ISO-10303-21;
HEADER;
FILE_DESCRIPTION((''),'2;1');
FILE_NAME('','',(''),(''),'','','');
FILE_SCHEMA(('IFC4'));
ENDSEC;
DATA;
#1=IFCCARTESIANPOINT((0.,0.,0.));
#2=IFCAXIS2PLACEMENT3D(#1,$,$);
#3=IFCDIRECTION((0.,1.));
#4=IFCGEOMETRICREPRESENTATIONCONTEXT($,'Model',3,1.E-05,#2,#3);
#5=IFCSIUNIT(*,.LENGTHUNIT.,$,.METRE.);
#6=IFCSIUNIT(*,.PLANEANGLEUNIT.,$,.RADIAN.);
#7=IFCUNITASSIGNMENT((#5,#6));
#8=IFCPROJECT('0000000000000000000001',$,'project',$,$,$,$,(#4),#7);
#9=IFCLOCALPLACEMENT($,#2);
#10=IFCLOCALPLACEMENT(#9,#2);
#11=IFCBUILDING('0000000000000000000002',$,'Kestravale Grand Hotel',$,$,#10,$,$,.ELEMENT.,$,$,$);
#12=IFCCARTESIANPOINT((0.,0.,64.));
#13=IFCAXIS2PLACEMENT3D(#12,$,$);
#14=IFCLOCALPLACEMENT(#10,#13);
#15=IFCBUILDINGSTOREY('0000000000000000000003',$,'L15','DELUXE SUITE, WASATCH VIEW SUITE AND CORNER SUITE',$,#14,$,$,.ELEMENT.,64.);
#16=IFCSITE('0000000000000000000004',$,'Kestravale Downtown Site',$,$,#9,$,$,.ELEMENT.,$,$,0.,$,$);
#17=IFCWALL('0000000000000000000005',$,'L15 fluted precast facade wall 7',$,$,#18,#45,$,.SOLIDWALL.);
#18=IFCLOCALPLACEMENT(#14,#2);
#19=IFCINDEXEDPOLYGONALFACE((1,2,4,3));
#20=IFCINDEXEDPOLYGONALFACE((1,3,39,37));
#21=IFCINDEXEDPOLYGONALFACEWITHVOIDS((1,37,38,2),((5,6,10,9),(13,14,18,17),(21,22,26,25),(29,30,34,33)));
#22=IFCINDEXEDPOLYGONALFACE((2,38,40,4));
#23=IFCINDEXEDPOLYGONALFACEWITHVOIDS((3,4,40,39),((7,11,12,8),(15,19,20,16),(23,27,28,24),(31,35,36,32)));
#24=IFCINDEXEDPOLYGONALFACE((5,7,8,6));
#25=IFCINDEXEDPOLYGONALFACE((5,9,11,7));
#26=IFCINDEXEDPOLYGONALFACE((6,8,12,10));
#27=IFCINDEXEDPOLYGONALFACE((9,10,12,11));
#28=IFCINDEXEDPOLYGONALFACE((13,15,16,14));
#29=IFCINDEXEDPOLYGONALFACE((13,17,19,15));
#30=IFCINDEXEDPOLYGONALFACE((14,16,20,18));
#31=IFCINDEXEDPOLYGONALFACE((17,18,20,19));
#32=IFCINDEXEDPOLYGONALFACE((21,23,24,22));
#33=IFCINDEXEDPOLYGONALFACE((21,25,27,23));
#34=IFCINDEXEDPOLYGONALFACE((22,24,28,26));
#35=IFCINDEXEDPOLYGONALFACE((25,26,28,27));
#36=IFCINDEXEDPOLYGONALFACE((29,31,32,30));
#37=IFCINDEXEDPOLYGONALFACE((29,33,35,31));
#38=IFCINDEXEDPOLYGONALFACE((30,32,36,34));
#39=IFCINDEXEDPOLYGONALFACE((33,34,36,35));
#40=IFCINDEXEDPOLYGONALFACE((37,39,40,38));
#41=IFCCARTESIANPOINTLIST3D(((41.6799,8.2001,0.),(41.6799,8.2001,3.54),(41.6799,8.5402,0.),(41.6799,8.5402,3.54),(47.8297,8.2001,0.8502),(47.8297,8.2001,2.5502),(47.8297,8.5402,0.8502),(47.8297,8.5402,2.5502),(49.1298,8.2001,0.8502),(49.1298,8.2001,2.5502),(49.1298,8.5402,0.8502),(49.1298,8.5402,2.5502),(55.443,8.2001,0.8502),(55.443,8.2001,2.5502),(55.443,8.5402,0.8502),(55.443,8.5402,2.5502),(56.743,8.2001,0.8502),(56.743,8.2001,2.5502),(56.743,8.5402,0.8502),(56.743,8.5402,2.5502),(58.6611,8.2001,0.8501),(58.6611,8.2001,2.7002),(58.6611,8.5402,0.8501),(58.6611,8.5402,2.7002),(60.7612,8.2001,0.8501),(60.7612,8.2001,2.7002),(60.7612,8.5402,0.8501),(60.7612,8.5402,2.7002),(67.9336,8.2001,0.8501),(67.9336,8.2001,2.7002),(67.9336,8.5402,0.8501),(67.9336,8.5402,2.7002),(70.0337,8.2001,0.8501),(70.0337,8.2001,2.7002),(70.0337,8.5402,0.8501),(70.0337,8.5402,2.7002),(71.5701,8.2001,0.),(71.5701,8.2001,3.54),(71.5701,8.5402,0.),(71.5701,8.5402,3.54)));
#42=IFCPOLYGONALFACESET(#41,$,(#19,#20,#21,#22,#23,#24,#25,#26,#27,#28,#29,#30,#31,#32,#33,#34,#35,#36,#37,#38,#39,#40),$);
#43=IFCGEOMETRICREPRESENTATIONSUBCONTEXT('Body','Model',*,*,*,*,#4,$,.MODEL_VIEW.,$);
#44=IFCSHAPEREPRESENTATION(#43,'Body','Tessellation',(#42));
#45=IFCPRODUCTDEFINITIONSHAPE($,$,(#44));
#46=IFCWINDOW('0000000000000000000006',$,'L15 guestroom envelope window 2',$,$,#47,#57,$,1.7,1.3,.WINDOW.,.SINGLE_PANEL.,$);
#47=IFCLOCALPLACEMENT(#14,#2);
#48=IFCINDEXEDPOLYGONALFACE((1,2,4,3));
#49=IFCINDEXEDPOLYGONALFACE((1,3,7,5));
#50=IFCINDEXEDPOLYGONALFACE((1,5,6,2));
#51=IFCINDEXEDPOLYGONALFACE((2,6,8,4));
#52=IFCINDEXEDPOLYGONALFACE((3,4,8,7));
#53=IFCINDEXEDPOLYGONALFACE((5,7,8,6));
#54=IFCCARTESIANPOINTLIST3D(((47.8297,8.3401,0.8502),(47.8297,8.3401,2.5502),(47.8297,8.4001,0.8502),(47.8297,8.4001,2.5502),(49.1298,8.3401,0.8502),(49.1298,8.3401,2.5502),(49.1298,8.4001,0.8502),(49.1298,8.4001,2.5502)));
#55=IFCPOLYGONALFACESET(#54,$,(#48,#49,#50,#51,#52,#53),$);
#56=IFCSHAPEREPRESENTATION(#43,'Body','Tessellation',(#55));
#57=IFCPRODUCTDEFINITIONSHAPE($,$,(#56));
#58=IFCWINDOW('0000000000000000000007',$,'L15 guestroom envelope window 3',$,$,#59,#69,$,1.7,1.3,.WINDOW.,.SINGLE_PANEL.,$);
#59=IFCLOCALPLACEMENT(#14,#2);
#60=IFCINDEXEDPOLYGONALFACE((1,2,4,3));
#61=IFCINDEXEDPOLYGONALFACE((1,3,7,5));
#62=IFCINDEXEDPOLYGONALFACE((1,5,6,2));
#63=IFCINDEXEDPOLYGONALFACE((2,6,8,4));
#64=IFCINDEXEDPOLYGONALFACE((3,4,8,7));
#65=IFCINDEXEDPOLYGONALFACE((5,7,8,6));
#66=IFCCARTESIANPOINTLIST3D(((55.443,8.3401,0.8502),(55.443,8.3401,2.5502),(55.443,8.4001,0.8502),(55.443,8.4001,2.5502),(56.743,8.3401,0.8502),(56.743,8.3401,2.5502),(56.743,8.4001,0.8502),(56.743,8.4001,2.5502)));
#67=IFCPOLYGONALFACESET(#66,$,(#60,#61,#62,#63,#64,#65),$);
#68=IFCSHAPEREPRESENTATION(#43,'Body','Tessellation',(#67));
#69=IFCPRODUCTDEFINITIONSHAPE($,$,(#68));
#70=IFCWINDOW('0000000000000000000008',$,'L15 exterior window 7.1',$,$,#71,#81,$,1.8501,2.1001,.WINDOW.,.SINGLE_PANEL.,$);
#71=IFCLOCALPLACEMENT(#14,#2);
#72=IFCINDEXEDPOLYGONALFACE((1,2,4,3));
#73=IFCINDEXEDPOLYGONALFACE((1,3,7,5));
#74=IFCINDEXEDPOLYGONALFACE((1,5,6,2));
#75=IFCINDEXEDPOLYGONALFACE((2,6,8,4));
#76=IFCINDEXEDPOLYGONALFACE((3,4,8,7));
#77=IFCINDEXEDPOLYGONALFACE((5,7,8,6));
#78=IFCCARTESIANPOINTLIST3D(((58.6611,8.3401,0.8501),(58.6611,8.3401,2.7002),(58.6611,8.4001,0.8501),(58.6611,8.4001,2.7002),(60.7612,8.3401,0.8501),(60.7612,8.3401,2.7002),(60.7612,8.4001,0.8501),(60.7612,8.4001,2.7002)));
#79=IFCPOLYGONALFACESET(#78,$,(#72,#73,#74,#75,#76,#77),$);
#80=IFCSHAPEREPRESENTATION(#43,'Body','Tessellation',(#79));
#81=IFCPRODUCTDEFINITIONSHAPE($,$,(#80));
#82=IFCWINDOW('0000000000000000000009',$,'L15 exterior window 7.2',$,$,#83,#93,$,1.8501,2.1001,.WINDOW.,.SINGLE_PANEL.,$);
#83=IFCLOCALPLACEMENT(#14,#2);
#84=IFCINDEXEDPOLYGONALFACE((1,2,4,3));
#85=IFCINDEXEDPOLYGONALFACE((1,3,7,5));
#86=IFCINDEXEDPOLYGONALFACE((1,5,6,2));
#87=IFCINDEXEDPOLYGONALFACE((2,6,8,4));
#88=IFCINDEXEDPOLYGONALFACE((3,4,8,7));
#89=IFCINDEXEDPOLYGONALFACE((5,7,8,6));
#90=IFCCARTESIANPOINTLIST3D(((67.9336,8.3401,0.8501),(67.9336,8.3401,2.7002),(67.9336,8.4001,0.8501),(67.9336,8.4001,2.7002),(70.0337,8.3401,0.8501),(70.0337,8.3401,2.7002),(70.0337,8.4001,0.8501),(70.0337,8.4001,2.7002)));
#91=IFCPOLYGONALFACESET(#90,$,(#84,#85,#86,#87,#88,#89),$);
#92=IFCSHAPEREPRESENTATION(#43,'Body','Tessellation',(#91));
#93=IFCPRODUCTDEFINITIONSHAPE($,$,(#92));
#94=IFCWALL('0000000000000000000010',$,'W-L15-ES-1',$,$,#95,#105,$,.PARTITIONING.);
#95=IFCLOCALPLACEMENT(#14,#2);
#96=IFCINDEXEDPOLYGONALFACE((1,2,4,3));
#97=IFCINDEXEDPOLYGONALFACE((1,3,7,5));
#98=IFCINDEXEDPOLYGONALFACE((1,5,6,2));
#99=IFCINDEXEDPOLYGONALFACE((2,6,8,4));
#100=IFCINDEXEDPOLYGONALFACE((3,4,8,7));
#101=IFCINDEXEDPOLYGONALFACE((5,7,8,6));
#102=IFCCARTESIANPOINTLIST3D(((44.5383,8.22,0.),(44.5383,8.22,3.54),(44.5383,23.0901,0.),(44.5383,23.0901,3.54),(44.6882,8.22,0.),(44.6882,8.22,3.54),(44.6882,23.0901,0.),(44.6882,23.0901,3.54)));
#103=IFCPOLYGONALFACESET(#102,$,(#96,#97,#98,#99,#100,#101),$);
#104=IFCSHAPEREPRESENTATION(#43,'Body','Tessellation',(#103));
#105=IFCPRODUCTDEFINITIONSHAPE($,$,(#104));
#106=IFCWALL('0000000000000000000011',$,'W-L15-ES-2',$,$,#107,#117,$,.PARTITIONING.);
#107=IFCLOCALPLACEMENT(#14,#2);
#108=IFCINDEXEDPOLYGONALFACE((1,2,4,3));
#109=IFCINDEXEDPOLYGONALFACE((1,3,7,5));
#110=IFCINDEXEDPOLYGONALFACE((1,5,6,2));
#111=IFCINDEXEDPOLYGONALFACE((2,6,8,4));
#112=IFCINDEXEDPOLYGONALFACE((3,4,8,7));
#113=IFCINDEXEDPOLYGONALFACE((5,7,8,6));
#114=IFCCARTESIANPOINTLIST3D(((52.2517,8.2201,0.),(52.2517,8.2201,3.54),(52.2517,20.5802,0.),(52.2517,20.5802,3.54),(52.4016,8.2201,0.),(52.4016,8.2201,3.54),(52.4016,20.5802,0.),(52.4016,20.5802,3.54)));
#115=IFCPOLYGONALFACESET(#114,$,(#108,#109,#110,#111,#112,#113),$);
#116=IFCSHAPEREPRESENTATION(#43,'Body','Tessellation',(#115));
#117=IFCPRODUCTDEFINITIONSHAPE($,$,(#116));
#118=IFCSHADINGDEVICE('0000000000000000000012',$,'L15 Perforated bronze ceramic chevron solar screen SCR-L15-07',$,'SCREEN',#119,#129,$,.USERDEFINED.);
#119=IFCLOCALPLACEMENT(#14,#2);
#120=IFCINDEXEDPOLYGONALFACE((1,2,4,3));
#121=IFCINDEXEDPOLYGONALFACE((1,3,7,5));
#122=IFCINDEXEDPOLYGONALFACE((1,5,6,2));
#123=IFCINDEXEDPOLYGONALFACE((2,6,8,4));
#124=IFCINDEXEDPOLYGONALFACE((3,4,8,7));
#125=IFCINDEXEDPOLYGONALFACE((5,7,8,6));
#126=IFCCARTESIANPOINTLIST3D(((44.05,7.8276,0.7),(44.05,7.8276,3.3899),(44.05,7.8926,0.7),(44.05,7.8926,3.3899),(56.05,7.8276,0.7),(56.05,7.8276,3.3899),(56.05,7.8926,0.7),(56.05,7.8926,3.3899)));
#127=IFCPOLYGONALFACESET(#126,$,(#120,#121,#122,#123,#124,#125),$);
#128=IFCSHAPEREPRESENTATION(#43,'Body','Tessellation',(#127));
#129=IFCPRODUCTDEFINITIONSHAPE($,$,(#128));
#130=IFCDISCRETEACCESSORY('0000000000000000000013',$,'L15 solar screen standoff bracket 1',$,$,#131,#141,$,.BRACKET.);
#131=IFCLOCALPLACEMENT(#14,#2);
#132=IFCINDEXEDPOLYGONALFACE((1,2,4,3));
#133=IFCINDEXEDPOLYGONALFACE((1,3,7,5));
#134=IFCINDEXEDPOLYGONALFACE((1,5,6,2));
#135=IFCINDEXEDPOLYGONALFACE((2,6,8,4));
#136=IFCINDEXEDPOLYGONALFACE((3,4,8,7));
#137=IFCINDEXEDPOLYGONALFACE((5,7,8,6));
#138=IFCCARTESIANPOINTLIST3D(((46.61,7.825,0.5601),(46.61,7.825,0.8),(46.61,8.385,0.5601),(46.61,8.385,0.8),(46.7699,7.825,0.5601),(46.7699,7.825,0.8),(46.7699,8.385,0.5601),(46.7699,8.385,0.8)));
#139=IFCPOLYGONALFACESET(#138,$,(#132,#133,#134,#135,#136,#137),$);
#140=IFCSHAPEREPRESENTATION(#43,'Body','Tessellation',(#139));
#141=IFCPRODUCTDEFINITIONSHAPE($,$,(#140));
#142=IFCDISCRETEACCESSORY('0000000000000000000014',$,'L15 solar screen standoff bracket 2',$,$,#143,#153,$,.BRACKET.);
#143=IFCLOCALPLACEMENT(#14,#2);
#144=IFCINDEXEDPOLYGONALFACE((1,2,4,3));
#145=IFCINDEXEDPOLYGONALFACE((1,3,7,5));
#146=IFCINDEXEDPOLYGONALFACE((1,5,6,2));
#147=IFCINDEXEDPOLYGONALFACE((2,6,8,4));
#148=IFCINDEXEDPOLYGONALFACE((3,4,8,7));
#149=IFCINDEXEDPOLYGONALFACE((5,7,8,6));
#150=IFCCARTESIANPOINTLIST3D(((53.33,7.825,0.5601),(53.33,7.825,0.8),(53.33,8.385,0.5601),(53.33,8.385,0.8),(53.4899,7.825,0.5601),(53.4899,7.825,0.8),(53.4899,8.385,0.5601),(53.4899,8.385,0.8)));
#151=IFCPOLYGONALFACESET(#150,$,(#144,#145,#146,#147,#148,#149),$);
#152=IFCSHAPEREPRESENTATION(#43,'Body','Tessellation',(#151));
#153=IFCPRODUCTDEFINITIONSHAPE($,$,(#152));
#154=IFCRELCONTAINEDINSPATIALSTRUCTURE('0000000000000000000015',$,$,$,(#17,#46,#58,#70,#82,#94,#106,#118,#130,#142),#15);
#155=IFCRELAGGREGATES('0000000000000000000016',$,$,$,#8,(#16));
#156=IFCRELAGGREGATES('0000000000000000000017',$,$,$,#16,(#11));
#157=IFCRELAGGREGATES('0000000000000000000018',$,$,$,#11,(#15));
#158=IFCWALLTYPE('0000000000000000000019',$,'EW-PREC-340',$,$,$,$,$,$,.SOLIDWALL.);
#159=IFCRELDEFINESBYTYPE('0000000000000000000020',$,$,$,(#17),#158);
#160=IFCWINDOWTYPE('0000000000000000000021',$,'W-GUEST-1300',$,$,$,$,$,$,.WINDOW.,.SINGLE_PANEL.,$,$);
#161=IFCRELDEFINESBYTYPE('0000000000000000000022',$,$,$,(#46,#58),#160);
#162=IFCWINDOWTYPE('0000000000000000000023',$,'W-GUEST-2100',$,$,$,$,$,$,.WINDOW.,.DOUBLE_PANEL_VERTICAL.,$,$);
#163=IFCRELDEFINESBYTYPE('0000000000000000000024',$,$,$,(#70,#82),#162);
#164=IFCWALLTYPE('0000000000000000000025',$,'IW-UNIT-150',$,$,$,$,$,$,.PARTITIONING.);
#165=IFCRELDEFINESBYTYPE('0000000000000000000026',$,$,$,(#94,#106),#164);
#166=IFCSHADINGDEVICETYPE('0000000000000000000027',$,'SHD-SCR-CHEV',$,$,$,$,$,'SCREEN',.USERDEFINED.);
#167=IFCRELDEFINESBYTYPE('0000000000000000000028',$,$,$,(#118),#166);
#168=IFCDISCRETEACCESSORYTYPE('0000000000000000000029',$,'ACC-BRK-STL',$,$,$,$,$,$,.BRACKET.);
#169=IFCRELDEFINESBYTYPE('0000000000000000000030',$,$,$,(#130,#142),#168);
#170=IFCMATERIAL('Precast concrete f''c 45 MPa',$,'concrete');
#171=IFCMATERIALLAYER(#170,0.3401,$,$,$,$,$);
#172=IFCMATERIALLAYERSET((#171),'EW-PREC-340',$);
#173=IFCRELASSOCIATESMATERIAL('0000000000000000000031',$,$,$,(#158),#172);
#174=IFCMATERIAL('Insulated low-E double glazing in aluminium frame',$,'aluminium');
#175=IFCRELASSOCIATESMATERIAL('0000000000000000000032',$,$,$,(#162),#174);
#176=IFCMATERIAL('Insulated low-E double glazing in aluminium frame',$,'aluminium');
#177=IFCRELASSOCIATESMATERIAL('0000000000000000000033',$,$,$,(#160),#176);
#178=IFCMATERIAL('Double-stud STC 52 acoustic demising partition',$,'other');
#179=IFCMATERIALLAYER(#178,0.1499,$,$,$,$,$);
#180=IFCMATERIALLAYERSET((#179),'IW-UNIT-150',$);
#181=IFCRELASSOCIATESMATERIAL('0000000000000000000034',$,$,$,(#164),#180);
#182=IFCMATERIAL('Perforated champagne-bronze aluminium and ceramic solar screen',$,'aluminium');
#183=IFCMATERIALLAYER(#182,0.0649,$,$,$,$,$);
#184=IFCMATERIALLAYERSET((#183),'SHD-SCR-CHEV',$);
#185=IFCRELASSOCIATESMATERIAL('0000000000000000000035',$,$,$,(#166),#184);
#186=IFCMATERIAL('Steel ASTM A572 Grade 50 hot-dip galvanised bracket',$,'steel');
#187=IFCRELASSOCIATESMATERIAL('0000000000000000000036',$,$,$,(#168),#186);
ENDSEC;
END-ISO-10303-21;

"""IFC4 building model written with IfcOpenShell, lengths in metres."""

from ifc_helpers import new_model, si_unit, direction, frame, frame_2d, origin, origin_2d, place, context, subcontext, project, spatial, rectangle, extrude, material, layer, layer_set, type_object, element, fill, save


model = new_model("IFC4")

# Units and contexts
model_context = context("Model", 3, precision=1e-05, world=origin(), true_north=direction((0.0, 1.0)))
body_context = subcontext(model_context, "Body", "Model", "MODEL_VIEW")
ifc_project = project(units=[si_unit("LENGTHUNIT", "METRE"), si_unit("PLANEANGLEUNIT", "RADIAN")], contexts=[model_context])

# Site, building, storey
site_placement = place(None, origin())
site = spatial("IfcSite", under=ifc_project, at=site_placement, Name="Kestravale Downtown Site", CompositionType="ELEMENT", RefElevation=0.0)
building_placement = place(site_placement, origin())
building = spatial("IfcBuilding", under=site, at=building_placement, Name="Kestravale Grand Hotel", CompositionType="ELEMENT")
storey_placement = place(building_placement, frame((0.0, 0.0, 64.0)))
storey = spatial("IfcBuildingStorey", under=building, at=storey_placement, Name="L15", Description="DELUXE SUITE, WASATCH VIEW SUITE AND CORNER SUITE", CompositionType="ELEMENT", Elevation=64.0)

# Shared definitions
ifc_material_1 = material(Name="Precast concrete f'c 45 MPa", Category="concrete")
ifc_layer_1 = layer(ifc_material_1, 0.3401)
ifc_layer_set_1 = layer_set([ifc_layer_1], Name="EW-PREC-340")
wall_type_1 = type_object("IfcWallType", Name="EW-PREC-340", PredefinedType="SOLIDWALL", material=ifc_layer_set_1)

# Shared definitions
ifc_material_2 = material(Name="Insulated low-E double glazing in aluminium frame", Category="aluminium")
window_type_1 = type_object("IfcWindowType", Name="W-GUEST-2100", PartitioningType="DOUBLE_PANEL_VERTICAL", PredefinedType="WINDOW", material=ifc_material_2)

# Wall, openings, windows
wall_1_placement = place(storey_placement, frame((41.6799, 8.3701, 0.0), z_axis=(0.0, 0.0, 1.0), x_axis=(1.0, 0.0, 0.0)))
wall_1 = element("IfcWall", 1, at=wall_1_placement, inside=storey, type_object=wall_type_1, Name="L15 fluted precast facade wall 7", PredefinedType="SOLIDWALL", context=body_context, shape_type="SweptSolid", body=[
    extrude(rectangle(XDim=29.8901, YDim=0.3401, at=frame_2d((14.9451, 0.0))), origin(), (0.0, 0.0, 1.0), 3.54),
])
opening_1_placement = place(wall_1_placement, frame((16.9812, 0.0, 0.8501)))
opening_1 = element("IfcOpeningElement", 2, at=opening_1_placement, cuts=wall_1, PredefinedType="OPENING", context=body_context, shape_type="SweptSolid", body=[
    extrude(rectangle(XDim=2.1001, YDim=1.8501, at=frame_2d((1.05, 0.925))), frame((0.0, 0.1799, 0.0), z_axis=(0.0, -1.0, 0.0), x_axis=(1.0, 0.0, 0.0)), (0.0, 0.0, 1.0), 0.3601),
])
opening_2_placement = place(wall_1_placement, frame((26.2537, 0.0, 0.8501)))
opening_2 = element("IfcOpeningElement", 3, at=opening_2_placement, cuts=wall_1, PredefinedType="OPENING", context=body_context, shape_type="SweptSolid", body=[
    extrude(rectangle(XDim=2.1001, YDim=1.8501, at=frame_2d((1.05, 0.925))), frame((0.0, 0.1799, 0.0), z_axis=(0.0, -1.0, 0.0), x_axis=(1.0, 0.0, 0.0)), (0.0, 0.0, 1.0), 0.3601),
])
opening_3_placement = place(wall_1_placement, frame((6.1499, 0.0, 0.8501)))
opening_3 = element("IfcOpeningElement", 4, at=opening_3_placement, cuts=wall_1, PredefinedType="OPENING", context=body_context, shape_type="SweptSolid", body=[
    extrude(rectangle(XDim=1.3, YDim=1.7, at=frame_2d((0.6499, 0.8501))), frame((0.0, 0.1799, 0.0), z_axis=(0.0, -1.0, 0.0), x_axis=(1.0, 0.0, 0.0)), (0.0, 0.0, 1.0), 0.3601),
])
opening_4_placement = place(wall_1_placement, frame((13.7632, 0.0, 0.8501)))
opening_4 = element("IfcOpeningElement", 5, at=opening_4_placement, cuts=wall_1, PredefinedType="OPENING", context=body_context, shape_type="SweptSolid", body=[
    extrude(rectangle(XDim=1.3, YDim=1.7, at=frame_2d((0.6499, 0.8501))), frame((0.0, 0.1799, 0.0), z_axis=(0.0, -1.0, 0.0), x_axis=(1.0, 0.0, 0.0)), (0.0, 0.0, 1.0), 0.3601),
])
ifc_material_3 = material(Name="Insulated low-E double glazing in aluminium frame", Category="aluminium")
window_type_2 = type_object("IfcWindowType", Name="W-GUEST-1300", PartitioningType="SINGLE_PANEL", PredefinedType="WINDOW", material=ifc_material_3)
window_1_placement = place(opening_3_placement, origin())
window_1 = element("IfcWindow", 6, at=window_1_placement, inside=storey, type_object=window_type_2, Name="L15 guestroom envelope window 2", OverallHeight=1.7, OverallWidth=1.3, PartitioningType="SINGLE_PANEL", PredefinedType="WINDOW", context=body_context, shape_type="SweptSolid", body=[
    extrude(rectangle(XDim=1.3, YDim=1.7, at=frame_2d((0.6499, 0.8501))), frame((0.0, 0.03, 0.0), z_axis=(0.0, -1.0, 0.0), x_axis=(1.0, 0.0, 0.0)), (0.0, 0.0, 1.0), 0.0601),
])
fill(opening_3, window_1)
window_2_placement = place(opening_4_placement, origin())
window_2 = element("IfcWindow", 7, at=window_2_placement, inside=storey, type_object=window_type_2, Name="L15 guestroom envelope window 3", OverallHeight=1.7, OverallWidth=1.3, PartitioningType="SINGLE_PANEL", PredefinedType="WINDOW", context=body_context, shape_type="SweptSolid", body=[
    extrude(rectangle(XDim=1.3, YDim=1.7, at=frame_2d((0.6499, 0.8501))), frame((0.0, 0.03, 0.0), z_axis=(0.0, -1.0, 0.0), x_axis=(1.0, 0.0, 0.0)), (0.0, 0.0, 1.0), 0.0601),
])
fill(opening_4, window_2)
window_3_placement = place(opening_1_placement, origin())
window_3 = element("IfcWindow", 8, at=window_3_placement, inside=storey, type_object=window_type_1, Name="L15 exterior window 7.1", OverallHeight=1.8501, OverallWidth=2.1001, PartitioningType="SINGLE_PANEL", PredefinedType="WINDOW", context=body_context, shape_type="SweptSolid", body=[
    extrude(rectangle(XDim=2.1001, YDim=1.8501, at=frame_2d((1.05, 0.925))), frame((0.0, 0.03, 0.0), z_axis=(0.0, -1.0, 0.0), x_axis=(1.0, 0.0, 0.0)), (0.0, 0.0, 1.0), 0.0601),
])
fill(opening_1, window_3)
window_4_placement = place(opening_2_placement, origin())
window_4 = element("IfcWindow", 9, at=window_4_placement, inside=storey, type_object=window_type_1, Name="L15 exterior window 7.2", OverallHeight=1.8501, OverallWidth=2.1001, PartitioningType="SINGLE_PANEL", PredefinedType="WINDOW", context=body_context, shape_type="SweptSolid", body=[
    extrude(rectangle(XDim=2.1001, YDim=1.8501, at=frame_2d((1.05, 0.925))), frame((0.0, 0.03, 0.0), z_axis=(0.0, -1.0, 0.0), x_axis=(1.0, 0.0, 0.0)), (0.0, 0.0, 1.0), 0.0601),
])
fill(opening_2, window_4)

# Walls
ifc_material_4 = material(Name="Double-stud STC 52 acoustic demising partition", Category="other")
ifc_layer_2 = layer(ifc_material_4, 0.1499)
ifc_layer_set_2 = layer_set([ifc_layer_2], Name="IW-UNIT-150")
wall_type_2 = type_object("IfcWallType", Name="IW-UNIT-150", PredefinedType="PARTITIONING", material=ifc_layer_set_2)
wall_2_placement = place(storey_placement, frame((44.6133, 8.22, 0.0), z_axis=(0.0, 0.0, 1.0), x_axis=(0.0, 1.0, 0.0)))
element("IfcWall", 10, at=wall_2_placement, inside=storey, type_object=wall_type_2, Name="W-L15-ES-1", PredefinedType="PARTITIONING", context=body_context, shape_type="SweptSolid", body=[
    extrude(rectangle(XDim=14.8701, YDim=0.1499, at=frame_2d((7.4351, 0.0))), origin(), (0.0, 0.0, 1.0), 3.54),
])
wall_3_placement = place(storey_placement, frame((52.3267, 8.22, 0.0), z_axis=(0.0, 0.0, 1.0), x_axis=(0.0, 1.0, 0.0)))
element("IfcWall", 11, at=wall_3_placement, inside=storey, type_object=wall_type_2, Name="W-L15-ES-2", PredefinedType="PARTITIONING", context=body_context, shape_type="SweptSolid", body=[
    extrude(rectangle(XDim=12.3601, YDim=0.1499, at=frame_2d((6.1802, 0.0))), origin(), (0.0, 0.0, 1.0), 3.54),
])

# Shading device
ifc_material_5 = material(Name="Perforated champagne-bronze aluminium and ceramic solar screen", Category="aluminium")
ifc_layer_3 = layer(ifc_material_5, 0.0649)
ifc_layer_set_3 = layer_set([ifc_layer_3], Name="SHD-SCR-CHEV")
shading_device_type = type_object("IfcShadingDeviceType", Name="SHD-SCR-CHEV", ElementType="SCREEN", PredefinedType="USERDEFINED", material=ifc_layer_set_3)
shading_device_placement = place(storey_placement, frame((50.05, 7.8601, 0.7), z_axis=(0.0, 0.0, 1.0), x_axis=(1.0, 0.0, 0.0)))
element("IfcShadingDevice", 12, at=shading_device_placement, inside=storey, type_object=shading_device_type, Name="L15 Perforated bronze ceramic chevron solar screen SCR-L15-07", ObjectType="SCREEN", PredefinedType="USERDEFINED", context=body_context, shape_type="SweptSolid", body=[
    extrude(rectangle(XDim=12.0, YDim=0.0649, at=origin_2d()), origin(), (0.0, 0.0, 1.0), 2.6899),
])

# Discrete accessories
ifc_material_6 = material(Name="Steel ASTM A572 Grade 50 hot-dip galvanised bracket", Category="steel")
discrete_accessory_type = type_object("IfcDiscreteAccessoryType", Name="ACC-BRK-STL", PredefinedType="BRACKET", material=ifc_material_6)
for number, where, z_axis, x_axis, name in (
    (13, (46.6899, 8.105, 0.5601), (0.0, 0.0, 1.0), (1.0, 0.0, 0.0), "L15 solar screen standoff bracket 1"),
    (14, (53.4099, 8.105, 0.5601), (0.0, 0.0, 1.0), (1.0, 0.0, 0.0), "L15 solar screen standoff bracket 2"),
):
    element("IfcDiscreteAccessory", number, at=place(storey_placement, frame(where, z_axis=z_axis, x_axis=x_axis)), inside=storey, type_object=discrete_accessory_type, Name=name, PredefinedType="BRACKET", context=body_context, shape_type="SweptSolid", body=[
        extrude(rectangle(XDim=0.1599, YDim=0.5601, at=origin_2d()), origin(), (0.0, 0.0, 1.0), 0.24),
    ])

save(model, "model.ifc")
